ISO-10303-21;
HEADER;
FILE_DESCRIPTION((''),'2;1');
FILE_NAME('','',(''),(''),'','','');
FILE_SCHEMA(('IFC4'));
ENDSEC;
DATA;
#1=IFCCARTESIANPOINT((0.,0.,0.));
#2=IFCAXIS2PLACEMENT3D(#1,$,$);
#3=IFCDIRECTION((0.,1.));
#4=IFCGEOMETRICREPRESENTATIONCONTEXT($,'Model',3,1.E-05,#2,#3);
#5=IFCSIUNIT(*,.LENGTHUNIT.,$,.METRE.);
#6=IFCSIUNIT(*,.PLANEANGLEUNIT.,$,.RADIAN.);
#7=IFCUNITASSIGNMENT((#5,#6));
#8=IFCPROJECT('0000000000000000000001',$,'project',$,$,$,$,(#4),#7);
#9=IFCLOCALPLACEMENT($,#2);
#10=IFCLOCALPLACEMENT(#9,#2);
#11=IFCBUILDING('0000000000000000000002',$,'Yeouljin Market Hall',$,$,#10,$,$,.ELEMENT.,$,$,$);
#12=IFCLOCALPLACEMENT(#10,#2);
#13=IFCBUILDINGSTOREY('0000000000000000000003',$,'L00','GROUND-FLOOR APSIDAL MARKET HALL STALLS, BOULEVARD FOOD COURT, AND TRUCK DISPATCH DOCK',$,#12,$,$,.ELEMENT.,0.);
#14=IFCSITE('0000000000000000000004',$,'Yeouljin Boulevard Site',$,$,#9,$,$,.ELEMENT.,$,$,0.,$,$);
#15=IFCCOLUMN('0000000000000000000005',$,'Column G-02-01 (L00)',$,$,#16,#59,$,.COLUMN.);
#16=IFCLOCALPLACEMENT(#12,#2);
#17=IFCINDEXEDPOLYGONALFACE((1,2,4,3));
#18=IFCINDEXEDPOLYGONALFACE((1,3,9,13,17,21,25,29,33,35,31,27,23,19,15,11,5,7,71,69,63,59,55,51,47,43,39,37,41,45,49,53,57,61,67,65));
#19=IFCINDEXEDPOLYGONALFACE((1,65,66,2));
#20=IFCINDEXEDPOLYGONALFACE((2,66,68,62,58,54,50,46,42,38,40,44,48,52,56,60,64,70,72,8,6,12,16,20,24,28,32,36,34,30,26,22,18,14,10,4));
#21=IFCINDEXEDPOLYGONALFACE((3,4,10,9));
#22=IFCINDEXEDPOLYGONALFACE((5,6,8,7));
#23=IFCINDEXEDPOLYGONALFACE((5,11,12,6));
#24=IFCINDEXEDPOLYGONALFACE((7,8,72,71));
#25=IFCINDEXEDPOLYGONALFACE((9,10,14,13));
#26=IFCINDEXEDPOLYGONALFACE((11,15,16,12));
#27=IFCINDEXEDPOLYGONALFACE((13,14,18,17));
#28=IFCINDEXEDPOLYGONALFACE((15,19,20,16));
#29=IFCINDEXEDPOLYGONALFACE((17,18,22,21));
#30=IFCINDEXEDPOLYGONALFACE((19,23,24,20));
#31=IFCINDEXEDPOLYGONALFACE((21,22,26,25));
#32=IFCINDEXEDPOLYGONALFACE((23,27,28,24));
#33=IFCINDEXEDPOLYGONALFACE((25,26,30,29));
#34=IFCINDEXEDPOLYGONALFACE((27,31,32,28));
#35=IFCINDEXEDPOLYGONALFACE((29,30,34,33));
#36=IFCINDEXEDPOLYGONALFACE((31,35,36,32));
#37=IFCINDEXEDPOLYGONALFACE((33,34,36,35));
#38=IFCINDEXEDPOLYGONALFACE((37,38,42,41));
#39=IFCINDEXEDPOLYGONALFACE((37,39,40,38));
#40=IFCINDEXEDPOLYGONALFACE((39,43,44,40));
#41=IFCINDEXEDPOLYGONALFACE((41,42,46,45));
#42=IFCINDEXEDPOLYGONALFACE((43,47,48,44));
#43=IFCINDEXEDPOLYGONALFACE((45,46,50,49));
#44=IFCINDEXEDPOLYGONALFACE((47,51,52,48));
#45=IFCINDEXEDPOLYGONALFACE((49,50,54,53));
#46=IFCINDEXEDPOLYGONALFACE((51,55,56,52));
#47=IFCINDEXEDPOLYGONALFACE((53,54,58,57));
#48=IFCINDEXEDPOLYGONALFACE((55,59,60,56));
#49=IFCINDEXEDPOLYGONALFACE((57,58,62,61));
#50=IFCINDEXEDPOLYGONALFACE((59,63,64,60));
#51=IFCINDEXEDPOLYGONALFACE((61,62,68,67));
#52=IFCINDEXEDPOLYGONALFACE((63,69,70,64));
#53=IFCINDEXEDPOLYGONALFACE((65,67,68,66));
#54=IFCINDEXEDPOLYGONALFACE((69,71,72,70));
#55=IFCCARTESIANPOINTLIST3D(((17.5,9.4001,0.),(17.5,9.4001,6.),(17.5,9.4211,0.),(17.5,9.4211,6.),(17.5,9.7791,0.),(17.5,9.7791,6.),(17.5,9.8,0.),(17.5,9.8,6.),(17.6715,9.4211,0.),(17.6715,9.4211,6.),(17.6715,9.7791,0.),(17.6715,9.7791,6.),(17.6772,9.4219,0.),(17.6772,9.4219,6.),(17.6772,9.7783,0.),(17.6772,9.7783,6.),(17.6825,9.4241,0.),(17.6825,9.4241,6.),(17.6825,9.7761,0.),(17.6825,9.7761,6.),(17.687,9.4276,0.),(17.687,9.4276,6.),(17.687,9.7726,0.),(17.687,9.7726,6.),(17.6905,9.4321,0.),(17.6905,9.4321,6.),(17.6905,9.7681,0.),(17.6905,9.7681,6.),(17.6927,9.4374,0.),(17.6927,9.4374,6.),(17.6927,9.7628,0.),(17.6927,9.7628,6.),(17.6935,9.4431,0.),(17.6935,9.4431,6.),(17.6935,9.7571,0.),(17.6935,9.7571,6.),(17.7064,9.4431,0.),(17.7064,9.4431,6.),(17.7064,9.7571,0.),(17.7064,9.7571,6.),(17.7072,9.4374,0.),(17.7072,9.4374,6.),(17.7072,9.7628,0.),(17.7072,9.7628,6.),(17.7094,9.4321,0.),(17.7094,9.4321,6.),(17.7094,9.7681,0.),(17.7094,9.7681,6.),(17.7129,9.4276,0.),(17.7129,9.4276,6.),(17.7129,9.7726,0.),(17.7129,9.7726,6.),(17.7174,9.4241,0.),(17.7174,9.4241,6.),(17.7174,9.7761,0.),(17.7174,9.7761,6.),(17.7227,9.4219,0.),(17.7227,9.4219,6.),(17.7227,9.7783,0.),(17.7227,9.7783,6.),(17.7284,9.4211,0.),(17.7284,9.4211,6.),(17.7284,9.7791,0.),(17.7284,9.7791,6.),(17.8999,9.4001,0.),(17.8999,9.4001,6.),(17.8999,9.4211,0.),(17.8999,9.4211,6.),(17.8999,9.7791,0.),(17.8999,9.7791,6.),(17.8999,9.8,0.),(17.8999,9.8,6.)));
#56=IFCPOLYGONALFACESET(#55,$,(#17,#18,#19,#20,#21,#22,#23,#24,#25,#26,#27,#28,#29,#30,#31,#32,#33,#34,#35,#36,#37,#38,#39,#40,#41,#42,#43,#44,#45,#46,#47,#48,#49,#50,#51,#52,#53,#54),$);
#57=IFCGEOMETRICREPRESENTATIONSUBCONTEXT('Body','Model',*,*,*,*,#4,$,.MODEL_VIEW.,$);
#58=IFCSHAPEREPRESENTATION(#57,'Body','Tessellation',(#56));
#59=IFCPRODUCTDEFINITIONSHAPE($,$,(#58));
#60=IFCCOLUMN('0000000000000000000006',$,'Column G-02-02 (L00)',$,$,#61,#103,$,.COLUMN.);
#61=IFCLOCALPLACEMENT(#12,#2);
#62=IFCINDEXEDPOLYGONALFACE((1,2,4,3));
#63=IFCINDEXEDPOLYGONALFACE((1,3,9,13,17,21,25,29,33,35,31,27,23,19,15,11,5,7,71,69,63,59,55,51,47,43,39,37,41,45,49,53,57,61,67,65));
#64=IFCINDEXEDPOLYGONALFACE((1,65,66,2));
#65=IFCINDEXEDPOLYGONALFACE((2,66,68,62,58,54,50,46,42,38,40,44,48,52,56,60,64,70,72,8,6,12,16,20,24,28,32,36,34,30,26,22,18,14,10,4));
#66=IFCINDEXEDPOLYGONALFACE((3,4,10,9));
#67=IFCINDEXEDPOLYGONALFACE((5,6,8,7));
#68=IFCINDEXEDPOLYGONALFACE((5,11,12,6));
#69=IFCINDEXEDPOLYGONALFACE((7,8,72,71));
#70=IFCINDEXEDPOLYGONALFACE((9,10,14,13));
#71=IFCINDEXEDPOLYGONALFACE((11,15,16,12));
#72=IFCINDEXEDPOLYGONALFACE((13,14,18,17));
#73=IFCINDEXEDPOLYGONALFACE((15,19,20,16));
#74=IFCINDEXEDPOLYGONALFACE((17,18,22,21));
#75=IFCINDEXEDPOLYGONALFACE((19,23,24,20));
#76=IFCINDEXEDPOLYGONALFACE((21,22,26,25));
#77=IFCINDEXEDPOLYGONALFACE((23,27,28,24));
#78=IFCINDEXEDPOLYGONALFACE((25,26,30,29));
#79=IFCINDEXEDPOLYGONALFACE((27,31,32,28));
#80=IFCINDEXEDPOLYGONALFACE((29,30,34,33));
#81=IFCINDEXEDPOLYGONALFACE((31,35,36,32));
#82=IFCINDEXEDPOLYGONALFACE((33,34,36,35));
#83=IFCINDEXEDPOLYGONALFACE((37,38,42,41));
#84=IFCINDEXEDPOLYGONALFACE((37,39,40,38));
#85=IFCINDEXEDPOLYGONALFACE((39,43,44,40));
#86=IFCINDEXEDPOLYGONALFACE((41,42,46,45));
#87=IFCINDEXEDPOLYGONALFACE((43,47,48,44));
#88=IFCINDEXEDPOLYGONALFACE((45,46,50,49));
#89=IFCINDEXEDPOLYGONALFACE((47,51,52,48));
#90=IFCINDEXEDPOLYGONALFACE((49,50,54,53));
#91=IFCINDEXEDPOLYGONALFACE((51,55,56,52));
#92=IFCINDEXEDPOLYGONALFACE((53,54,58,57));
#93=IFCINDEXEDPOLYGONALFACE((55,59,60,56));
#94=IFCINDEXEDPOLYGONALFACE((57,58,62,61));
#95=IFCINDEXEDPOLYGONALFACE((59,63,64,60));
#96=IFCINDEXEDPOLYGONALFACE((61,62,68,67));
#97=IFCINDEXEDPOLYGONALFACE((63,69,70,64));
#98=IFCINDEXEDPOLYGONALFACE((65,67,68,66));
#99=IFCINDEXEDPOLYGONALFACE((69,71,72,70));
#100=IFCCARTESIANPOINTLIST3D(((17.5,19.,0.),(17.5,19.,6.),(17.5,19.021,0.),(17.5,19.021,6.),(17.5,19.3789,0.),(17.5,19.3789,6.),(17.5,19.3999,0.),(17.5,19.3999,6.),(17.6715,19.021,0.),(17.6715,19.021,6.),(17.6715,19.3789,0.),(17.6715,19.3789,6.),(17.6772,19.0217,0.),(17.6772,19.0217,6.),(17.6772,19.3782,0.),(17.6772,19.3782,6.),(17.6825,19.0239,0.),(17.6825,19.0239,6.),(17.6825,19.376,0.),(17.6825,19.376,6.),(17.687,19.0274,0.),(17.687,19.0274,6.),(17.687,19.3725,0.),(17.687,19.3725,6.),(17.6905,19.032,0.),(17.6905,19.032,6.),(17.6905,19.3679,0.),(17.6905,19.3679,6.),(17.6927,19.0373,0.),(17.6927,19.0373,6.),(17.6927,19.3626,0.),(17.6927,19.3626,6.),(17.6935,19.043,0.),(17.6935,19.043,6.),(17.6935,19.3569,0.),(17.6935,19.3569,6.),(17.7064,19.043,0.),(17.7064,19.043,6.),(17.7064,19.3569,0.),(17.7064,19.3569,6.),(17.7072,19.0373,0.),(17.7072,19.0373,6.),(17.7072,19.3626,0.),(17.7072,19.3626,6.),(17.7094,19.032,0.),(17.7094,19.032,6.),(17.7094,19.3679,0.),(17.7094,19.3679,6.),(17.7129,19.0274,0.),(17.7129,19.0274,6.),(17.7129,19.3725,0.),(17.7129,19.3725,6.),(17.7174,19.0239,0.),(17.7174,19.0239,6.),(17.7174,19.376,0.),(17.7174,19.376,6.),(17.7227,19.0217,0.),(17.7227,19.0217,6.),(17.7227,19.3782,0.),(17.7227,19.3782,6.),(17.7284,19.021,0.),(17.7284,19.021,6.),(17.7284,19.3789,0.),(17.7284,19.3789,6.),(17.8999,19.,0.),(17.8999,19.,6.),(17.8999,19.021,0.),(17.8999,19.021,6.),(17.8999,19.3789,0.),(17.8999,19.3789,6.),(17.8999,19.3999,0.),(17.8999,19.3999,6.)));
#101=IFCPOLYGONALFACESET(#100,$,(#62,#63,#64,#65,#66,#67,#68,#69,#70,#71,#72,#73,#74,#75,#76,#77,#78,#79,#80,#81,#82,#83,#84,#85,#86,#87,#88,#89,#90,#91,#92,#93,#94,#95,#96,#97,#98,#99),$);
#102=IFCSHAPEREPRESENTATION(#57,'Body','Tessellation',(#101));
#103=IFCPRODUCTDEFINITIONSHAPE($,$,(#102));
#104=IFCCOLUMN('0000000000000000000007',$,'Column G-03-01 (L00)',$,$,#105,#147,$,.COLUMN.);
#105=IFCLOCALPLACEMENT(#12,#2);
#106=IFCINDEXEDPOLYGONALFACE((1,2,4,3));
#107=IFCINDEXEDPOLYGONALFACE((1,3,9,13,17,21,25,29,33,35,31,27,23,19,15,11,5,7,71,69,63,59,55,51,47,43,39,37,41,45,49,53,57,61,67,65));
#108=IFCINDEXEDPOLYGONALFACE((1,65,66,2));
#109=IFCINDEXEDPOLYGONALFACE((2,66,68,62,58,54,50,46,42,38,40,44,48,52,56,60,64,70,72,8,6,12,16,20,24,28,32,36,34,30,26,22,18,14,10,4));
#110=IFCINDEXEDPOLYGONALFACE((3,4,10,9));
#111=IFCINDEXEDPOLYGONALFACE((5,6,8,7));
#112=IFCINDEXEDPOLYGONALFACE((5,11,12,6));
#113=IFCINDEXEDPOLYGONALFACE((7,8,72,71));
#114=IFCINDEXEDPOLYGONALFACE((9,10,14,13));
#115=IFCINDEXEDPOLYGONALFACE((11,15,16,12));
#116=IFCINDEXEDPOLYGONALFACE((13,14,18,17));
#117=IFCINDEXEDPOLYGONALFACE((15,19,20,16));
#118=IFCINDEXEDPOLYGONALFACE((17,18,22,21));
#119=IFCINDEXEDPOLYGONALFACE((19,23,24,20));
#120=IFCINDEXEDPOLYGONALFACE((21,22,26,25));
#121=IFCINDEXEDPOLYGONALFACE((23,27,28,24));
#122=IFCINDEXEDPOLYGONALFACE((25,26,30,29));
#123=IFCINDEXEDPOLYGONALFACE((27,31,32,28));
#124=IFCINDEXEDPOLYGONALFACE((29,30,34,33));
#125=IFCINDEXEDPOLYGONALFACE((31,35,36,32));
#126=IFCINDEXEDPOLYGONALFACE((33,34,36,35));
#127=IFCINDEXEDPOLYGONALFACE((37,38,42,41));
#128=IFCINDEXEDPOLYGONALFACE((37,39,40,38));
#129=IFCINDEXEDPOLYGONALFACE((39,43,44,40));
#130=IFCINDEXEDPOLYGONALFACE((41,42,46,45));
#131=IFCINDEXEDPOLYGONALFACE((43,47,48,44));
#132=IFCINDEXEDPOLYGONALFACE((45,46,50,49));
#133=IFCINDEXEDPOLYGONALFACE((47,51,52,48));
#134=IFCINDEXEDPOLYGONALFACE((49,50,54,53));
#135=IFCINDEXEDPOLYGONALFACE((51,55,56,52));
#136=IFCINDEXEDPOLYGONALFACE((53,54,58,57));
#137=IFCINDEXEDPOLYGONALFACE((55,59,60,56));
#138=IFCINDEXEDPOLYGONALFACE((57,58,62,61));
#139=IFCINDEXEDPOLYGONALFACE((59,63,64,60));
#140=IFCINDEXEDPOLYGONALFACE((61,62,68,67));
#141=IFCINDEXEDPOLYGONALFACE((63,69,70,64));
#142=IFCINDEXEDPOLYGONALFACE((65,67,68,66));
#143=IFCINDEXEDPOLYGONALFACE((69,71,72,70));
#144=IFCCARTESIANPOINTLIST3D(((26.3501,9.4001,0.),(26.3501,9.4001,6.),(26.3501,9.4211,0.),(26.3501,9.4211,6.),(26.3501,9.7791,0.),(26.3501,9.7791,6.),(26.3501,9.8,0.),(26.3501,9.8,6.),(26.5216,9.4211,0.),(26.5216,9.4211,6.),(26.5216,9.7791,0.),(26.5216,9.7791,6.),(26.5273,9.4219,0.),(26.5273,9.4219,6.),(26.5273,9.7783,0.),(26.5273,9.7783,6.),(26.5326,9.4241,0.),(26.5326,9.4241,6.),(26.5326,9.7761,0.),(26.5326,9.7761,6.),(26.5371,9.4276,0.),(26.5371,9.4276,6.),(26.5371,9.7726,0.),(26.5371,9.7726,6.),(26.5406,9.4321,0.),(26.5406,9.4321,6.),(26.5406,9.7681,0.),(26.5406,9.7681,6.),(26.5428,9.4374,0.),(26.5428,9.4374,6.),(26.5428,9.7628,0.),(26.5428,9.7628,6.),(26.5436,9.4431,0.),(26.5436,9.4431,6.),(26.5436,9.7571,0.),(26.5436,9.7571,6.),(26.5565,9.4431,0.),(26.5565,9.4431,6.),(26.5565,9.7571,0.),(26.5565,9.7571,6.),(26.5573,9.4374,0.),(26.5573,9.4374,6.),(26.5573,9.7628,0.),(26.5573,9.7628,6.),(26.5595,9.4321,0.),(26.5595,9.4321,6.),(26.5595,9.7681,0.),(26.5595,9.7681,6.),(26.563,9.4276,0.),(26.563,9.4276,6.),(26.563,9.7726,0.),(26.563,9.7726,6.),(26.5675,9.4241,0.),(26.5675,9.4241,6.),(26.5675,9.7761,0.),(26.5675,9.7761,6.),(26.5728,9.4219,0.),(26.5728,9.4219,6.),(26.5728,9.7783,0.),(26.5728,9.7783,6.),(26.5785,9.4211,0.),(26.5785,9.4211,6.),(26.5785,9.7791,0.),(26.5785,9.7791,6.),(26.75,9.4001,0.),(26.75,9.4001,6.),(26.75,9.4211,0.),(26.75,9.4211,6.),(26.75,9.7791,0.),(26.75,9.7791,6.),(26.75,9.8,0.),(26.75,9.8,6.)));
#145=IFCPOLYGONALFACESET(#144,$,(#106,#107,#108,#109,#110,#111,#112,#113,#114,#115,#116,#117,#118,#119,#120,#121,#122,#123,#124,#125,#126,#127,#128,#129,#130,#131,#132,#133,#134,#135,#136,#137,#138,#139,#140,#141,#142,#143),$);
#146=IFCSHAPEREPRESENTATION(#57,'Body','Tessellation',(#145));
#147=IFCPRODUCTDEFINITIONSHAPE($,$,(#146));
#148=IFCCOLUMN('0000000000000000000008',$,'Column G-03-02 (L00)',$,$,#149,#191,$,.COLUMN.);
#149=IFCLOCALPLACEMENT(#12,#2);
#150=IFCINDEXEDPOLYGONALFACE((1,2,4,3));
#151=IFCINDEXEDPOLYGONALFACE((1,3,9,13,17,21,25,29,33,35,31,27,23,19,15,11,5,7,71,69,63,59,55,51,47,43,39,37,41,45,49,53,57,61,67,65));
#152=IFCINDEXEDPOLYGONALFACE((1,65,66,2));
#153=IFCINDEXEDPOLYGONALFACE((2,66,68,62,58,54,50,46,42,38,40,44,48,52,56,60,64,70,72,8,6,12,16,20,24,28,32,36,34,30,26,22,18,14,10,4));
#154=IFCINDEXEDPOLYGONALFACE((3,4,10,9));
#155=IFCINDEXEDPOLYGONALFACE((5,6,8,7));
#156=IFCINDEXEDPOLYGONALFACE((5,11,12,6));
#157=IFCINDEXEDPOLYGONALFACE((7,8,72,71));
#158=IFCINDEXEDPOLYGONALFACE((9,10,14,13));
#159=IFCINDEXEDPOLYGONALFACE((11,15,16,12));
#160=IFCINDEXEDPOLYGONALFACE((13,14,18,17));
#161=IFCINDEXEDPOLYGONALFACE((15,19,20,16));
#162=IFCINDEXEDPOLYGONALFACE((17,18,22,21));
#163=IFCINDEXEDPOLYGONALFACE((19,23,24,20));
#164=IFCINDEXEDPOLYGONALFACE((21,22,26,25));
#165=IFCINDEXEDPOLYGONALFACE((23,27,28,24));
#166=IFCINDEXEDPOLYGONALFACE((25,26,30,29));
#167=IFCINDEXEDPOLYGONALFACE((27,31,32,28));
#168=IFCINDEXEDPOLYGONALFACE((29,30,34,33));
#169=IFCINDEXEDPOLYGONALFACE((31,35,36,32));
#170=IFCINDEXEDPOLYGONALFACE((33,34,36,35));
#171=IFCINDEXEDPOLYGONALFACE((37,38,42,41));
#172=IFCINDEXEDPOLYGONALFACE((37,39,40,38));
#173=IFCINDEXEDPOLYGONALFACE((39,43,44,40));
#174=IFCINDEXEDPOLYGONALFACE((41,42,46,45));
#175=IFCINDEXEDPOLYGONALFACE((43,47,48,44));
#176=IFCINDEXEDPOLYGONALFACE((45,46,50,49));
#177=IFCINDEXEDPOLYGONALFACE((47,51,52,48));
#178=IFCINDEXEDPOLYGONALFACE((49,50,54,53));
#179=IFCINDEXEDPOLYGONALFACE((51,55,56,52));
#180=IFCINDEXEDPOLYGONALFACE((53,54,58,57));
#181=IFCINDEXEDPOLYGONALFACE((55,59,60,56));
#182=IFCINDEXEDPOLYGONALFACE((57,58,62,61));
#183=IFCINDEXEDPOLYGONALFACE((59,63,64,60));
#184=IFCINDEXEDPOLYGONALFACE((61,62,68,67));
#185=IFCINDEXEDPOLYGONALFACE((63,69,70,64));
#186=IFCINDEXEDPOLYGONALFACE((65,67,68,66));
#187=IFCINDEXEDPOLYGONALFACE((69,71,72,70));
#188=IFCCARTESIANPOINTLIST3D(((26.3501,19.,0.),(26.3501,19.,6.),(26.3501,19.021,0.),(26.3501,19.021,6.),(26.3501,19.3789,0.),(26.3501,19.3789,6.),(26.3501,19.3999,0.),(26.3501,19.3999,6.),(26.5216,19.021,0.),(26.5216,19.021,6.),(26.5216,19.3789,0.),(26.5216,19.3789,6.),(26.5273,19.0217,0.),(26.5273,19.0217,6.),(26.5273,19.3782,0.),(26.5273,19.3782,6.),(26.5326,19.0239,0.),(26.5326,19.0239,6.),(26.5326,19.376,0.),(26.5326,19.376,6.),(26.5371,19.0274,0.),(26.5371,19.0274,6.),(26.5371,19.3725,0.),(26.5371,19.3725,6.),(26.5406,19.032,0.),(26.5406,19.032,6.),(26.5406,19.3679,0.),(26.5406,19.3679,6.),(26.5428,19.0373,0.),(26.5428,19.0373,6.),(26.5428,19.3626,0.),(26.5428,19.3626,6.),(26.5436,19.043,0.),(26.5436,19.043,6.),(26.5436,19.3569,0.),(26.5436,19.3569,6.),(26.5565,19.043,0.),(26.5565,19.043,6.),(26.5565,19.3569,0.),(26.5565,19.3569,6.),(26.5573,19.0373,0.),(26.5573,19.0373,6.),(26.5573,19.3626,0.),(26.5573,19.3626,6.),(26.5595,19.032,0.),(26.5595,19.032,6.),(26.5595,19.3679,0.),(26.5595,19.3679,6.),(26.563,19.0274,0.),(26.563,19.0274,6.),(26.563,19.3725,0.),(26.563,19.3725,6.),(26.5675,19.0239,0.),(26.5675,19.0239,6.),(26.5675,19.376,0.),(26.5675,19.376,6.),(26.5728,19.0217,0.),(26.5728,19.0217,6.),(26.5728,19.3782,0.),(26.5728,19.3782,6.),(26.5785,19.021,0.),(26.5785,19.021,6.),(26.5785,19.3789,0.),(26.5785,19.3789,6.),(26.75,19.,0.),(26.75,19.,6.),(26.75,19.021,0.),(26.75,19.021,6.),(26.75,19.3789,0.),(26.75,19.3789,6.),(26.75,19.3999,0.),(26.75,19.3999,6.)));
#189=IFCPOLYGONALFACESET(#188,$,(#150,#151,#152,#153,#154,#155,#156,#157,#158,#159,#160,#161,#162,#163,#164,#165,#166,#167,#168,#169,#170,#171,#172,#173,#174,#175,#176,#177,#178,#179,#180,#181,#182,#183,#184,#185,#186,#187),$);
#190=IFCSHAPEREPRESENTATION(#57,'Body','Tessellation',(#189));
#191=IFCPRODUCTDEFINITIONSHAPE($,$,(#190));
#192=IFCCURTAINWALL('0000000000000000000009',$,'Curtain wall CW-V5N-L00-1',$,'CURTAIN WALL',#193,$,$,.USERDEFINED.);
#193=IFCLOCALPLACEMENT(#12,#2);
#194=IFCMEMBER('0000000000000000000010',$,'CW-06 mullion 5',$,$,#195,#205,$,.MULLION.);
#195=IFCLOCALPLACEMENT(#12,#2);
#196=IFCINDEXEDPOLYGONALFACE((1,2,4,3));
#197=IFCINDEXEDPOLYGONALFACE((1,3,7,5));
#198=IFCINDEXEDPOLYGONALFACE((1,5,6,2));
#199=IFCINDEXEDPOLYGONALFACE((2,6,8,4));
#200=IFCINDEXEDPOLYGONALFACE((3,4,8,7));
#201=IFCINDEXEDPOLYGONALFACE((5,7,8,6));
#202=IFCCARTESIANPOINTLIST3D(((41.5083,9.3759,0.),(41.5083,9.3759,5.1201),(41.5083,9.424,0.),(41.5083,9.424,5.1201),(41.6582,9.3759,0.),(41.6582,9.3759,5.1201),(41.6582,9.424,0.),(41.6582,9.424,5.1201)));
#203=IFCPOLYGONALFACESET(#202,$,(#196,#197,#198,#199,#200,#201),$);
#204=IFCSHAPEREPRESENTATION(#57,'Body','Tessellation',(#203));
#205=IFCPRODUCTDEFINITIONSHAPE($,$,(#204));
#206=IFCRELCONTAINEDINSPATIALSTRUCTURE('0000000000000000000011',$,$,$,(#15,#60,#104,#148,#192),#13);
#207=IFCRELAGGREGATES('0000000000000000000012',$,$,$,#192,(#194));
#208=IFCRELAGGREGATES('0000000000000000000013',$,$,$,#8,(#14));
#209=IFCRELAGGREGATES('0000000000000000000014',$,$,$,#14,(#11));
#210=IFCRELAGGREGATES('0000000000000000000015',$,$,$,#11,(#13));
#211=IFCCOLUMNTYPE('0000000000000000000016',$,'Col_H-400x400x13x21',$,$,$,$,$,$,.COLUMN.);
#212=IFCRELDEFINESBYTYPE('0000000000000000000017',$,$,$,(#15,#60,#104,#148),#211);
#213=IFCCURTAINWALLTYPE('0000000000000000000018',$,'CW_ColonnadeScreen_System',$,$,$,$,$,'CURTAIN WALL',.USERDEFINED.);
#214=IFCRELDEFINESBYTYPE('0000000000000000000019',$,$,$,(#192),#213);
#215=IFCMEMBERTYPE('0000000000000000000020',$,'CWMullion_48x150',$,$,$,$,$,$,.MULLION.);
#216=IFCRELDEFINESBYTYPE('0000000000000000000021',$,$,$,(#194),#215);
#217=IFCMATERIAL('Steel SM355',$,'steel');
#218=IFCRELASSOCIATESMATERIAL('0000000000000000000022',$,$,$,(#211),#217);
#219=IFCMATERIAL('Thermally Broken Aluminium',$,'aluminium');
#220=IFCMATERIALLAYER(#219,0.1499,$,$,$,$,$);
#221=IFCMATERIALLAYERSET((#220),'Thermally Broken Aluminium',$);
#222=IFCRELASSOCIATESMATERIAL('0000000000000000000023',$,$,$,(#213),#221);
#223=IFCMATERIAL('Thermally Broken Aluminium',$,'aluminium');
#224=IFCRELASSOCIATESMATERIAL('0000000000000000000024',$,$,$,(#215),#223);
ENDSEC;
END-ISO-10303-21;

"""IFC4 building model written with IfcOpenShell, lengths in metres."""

from ifc_helpers import new_model, si_unit, direction, frame, origin, origin_2d, place, context, subcontext, project, spatial, rectangle, i_section, extrude, material, layer, layer_set, material_profile, profile_set, type_object, element, aggregate, save


model = new_model("IFC4")

# Units and contexts
model_context = context("Model", 3, precision=1e-05, world=origin(), true_north=direction((0.0, 1.0)))
body_context = subcontext(model_context, "Body", "Model", "MODEL_VIEW")
ifc_project = project(units=[si_unit("LENGTHUNIT", "METRE"), si_unit("PLANEANGLEUNIT", "RADIAN")], contexts=[model_context])

# Site, building, storey
site_placement = place(None, origin())
site = spatial("IfcSite", under=ifc_project, at=site_placement, Name="Yeouljin Boulevard Site", CompositionType="ELEMENT", RefElevation=0.0)
building_placement = place(site_placement, origin())
building = spatial("IfcBuilding", under=site, at=building_placement, Name="Yeouljin Market Hall", CompositionType="ELEMENT")
storey_placement = place(building_placement, origin())
storey = spatial("IfcBuildingStorey", under=building, at=storey_placement, Name="L00", Description="GROUND-FLOOR APSIDAL MARKET HALL STALLS, BOULEVARD FOOD COURT, AND TRUCK DISPATCH DOCK", CompositionType="ELEMENT", Elevation=0.0)

# Columns
ifc_material_1 = material(Name="Steel SM355", Category="steel")
ifc_material_profile_1 = material_profile(ifc_material_1, i_section(OverallWidth=0.3999, OverallDepth=0.3999, WebThickness=0.0129, FlangeThickness=0.021, FilletRadius=0.022, at=origin_2d()), Name="H-400x400x13x21")
ifc_profile_set_1 = profile_set([ifc_material_profile_1], Name="Steel SM355")
column_type_1 = type_object("IfcColumnType", Name="Col_H-400x400x13x21", PredefinedType="COLUMN", material=ifc_profile_set_1)
for number, where, z_axis, x_axis, name in (
    (1, (17.7, 9.6001, 0.0), (0.0, 0.0, 1.0), (1.0, 0.0, 0.0), "Column G-02-01 (L00)"),
    (2, (17.7, 19.2, 0.0), (0.0, 0.0, 1.0), (1.0, 0.0, 0.0), "Column G-02-02 (L00)"),
    (3, (26.55, 9.6001, 0.0), (0.0, 0.0, 1.0), (1.0, 0.0, 0.0), "Column G-03-01 (L00)"),
    (4, (26.55, 19.2, 0.0), (0.0, 0.0, 1.0), (1.0, 0.0, 0.0), "Column G-03-02 (L00)"),
):
    element("IfcColumn", number, at=place(storey_placement, frame(where, z_axis=z_axis, x_axis=x_axis)), inside=storey, type_object=column_type_1, Name=name, PredefinedType="COLUMN", context=body_context, shape_type="SweptSolid", body=[
        extrude(i_section(OverallWidth=0.3999, OverallDepth=0.3999, WebThickness=0.0129, FlangeThickness=0.021, FilletRadius=0.022, at=origin_2d()), origin(), (0.0, 0.0, 1.0), 6.0),
    ])

# Curtain wall, member
ifc_material_2 = material(Name="Thermally Broken Aluminium", Category="aluminium")
ifc_layer_1 = layer(ifc_material_2, 0.1499)
ifc_layer_set_1 = layer_set([ifc_layer_1], Name="Thermally Broken Aluminium")
curtain_wall_type = type_object("IfcCurtainWallType", Name="CW_ColonnadeScreen_System", ElementType="CURTAIN WALL", PredefinedType="USERDEFINED", material=ifc_layer_set_1)
curtain_wall_placement = place(storey_placement, origin())
curtain_wall = element("IfcCurtainWall", 5, at=curtain_wall_placement, inside=storey, type_object=curtain_wall_type, Name="Curtain wall CW-V5N-L00-1", ObjectType="CURTAIN WALL", PredefinedType="USERDEFINED")
ifc_material_3 = material(Name="Thermally Broken Aluminium", Category="aluminium")
ifc_material_profile_2 = material_profile(ifc_material_3, rectangle(XDim=0.0481, YDim=0.1499, at=origin_2d()), Name="CW-MULL-48x150")
ifc_profile_set_2 = profile_set([ifc_material_profile_2], Name="Thermally Broken Aluminium")
member_type_1 = type_object("IfcMemberType", Name="CWMullion_48x150", PredefinedType="MULLION", material=ifc_profile_set_2)
member_1_placement = place(storey_placement, frame((41.5833, 9.3999, 0.0), z_axis=(0.0, 0.0, 1.0), x_axis=(0.0, 1.0, 0.0)))
member_1 = element("IfcMember", 6, at=member_1_placement, type_object=member_type_1, Name="CW-06 mullion 5", PredefinedType="MULLION", context=body_context, shape_type="SweptSolid", body=[
    extrude(rectangle(XDim=0.0481, YDim=0.1499, at=origin_2d()), origin(), (0.0, 0.0, 1.0), 5.1201),
])

aggregate(curtain_wall, [member_1])

save(model, "model.ifc")
